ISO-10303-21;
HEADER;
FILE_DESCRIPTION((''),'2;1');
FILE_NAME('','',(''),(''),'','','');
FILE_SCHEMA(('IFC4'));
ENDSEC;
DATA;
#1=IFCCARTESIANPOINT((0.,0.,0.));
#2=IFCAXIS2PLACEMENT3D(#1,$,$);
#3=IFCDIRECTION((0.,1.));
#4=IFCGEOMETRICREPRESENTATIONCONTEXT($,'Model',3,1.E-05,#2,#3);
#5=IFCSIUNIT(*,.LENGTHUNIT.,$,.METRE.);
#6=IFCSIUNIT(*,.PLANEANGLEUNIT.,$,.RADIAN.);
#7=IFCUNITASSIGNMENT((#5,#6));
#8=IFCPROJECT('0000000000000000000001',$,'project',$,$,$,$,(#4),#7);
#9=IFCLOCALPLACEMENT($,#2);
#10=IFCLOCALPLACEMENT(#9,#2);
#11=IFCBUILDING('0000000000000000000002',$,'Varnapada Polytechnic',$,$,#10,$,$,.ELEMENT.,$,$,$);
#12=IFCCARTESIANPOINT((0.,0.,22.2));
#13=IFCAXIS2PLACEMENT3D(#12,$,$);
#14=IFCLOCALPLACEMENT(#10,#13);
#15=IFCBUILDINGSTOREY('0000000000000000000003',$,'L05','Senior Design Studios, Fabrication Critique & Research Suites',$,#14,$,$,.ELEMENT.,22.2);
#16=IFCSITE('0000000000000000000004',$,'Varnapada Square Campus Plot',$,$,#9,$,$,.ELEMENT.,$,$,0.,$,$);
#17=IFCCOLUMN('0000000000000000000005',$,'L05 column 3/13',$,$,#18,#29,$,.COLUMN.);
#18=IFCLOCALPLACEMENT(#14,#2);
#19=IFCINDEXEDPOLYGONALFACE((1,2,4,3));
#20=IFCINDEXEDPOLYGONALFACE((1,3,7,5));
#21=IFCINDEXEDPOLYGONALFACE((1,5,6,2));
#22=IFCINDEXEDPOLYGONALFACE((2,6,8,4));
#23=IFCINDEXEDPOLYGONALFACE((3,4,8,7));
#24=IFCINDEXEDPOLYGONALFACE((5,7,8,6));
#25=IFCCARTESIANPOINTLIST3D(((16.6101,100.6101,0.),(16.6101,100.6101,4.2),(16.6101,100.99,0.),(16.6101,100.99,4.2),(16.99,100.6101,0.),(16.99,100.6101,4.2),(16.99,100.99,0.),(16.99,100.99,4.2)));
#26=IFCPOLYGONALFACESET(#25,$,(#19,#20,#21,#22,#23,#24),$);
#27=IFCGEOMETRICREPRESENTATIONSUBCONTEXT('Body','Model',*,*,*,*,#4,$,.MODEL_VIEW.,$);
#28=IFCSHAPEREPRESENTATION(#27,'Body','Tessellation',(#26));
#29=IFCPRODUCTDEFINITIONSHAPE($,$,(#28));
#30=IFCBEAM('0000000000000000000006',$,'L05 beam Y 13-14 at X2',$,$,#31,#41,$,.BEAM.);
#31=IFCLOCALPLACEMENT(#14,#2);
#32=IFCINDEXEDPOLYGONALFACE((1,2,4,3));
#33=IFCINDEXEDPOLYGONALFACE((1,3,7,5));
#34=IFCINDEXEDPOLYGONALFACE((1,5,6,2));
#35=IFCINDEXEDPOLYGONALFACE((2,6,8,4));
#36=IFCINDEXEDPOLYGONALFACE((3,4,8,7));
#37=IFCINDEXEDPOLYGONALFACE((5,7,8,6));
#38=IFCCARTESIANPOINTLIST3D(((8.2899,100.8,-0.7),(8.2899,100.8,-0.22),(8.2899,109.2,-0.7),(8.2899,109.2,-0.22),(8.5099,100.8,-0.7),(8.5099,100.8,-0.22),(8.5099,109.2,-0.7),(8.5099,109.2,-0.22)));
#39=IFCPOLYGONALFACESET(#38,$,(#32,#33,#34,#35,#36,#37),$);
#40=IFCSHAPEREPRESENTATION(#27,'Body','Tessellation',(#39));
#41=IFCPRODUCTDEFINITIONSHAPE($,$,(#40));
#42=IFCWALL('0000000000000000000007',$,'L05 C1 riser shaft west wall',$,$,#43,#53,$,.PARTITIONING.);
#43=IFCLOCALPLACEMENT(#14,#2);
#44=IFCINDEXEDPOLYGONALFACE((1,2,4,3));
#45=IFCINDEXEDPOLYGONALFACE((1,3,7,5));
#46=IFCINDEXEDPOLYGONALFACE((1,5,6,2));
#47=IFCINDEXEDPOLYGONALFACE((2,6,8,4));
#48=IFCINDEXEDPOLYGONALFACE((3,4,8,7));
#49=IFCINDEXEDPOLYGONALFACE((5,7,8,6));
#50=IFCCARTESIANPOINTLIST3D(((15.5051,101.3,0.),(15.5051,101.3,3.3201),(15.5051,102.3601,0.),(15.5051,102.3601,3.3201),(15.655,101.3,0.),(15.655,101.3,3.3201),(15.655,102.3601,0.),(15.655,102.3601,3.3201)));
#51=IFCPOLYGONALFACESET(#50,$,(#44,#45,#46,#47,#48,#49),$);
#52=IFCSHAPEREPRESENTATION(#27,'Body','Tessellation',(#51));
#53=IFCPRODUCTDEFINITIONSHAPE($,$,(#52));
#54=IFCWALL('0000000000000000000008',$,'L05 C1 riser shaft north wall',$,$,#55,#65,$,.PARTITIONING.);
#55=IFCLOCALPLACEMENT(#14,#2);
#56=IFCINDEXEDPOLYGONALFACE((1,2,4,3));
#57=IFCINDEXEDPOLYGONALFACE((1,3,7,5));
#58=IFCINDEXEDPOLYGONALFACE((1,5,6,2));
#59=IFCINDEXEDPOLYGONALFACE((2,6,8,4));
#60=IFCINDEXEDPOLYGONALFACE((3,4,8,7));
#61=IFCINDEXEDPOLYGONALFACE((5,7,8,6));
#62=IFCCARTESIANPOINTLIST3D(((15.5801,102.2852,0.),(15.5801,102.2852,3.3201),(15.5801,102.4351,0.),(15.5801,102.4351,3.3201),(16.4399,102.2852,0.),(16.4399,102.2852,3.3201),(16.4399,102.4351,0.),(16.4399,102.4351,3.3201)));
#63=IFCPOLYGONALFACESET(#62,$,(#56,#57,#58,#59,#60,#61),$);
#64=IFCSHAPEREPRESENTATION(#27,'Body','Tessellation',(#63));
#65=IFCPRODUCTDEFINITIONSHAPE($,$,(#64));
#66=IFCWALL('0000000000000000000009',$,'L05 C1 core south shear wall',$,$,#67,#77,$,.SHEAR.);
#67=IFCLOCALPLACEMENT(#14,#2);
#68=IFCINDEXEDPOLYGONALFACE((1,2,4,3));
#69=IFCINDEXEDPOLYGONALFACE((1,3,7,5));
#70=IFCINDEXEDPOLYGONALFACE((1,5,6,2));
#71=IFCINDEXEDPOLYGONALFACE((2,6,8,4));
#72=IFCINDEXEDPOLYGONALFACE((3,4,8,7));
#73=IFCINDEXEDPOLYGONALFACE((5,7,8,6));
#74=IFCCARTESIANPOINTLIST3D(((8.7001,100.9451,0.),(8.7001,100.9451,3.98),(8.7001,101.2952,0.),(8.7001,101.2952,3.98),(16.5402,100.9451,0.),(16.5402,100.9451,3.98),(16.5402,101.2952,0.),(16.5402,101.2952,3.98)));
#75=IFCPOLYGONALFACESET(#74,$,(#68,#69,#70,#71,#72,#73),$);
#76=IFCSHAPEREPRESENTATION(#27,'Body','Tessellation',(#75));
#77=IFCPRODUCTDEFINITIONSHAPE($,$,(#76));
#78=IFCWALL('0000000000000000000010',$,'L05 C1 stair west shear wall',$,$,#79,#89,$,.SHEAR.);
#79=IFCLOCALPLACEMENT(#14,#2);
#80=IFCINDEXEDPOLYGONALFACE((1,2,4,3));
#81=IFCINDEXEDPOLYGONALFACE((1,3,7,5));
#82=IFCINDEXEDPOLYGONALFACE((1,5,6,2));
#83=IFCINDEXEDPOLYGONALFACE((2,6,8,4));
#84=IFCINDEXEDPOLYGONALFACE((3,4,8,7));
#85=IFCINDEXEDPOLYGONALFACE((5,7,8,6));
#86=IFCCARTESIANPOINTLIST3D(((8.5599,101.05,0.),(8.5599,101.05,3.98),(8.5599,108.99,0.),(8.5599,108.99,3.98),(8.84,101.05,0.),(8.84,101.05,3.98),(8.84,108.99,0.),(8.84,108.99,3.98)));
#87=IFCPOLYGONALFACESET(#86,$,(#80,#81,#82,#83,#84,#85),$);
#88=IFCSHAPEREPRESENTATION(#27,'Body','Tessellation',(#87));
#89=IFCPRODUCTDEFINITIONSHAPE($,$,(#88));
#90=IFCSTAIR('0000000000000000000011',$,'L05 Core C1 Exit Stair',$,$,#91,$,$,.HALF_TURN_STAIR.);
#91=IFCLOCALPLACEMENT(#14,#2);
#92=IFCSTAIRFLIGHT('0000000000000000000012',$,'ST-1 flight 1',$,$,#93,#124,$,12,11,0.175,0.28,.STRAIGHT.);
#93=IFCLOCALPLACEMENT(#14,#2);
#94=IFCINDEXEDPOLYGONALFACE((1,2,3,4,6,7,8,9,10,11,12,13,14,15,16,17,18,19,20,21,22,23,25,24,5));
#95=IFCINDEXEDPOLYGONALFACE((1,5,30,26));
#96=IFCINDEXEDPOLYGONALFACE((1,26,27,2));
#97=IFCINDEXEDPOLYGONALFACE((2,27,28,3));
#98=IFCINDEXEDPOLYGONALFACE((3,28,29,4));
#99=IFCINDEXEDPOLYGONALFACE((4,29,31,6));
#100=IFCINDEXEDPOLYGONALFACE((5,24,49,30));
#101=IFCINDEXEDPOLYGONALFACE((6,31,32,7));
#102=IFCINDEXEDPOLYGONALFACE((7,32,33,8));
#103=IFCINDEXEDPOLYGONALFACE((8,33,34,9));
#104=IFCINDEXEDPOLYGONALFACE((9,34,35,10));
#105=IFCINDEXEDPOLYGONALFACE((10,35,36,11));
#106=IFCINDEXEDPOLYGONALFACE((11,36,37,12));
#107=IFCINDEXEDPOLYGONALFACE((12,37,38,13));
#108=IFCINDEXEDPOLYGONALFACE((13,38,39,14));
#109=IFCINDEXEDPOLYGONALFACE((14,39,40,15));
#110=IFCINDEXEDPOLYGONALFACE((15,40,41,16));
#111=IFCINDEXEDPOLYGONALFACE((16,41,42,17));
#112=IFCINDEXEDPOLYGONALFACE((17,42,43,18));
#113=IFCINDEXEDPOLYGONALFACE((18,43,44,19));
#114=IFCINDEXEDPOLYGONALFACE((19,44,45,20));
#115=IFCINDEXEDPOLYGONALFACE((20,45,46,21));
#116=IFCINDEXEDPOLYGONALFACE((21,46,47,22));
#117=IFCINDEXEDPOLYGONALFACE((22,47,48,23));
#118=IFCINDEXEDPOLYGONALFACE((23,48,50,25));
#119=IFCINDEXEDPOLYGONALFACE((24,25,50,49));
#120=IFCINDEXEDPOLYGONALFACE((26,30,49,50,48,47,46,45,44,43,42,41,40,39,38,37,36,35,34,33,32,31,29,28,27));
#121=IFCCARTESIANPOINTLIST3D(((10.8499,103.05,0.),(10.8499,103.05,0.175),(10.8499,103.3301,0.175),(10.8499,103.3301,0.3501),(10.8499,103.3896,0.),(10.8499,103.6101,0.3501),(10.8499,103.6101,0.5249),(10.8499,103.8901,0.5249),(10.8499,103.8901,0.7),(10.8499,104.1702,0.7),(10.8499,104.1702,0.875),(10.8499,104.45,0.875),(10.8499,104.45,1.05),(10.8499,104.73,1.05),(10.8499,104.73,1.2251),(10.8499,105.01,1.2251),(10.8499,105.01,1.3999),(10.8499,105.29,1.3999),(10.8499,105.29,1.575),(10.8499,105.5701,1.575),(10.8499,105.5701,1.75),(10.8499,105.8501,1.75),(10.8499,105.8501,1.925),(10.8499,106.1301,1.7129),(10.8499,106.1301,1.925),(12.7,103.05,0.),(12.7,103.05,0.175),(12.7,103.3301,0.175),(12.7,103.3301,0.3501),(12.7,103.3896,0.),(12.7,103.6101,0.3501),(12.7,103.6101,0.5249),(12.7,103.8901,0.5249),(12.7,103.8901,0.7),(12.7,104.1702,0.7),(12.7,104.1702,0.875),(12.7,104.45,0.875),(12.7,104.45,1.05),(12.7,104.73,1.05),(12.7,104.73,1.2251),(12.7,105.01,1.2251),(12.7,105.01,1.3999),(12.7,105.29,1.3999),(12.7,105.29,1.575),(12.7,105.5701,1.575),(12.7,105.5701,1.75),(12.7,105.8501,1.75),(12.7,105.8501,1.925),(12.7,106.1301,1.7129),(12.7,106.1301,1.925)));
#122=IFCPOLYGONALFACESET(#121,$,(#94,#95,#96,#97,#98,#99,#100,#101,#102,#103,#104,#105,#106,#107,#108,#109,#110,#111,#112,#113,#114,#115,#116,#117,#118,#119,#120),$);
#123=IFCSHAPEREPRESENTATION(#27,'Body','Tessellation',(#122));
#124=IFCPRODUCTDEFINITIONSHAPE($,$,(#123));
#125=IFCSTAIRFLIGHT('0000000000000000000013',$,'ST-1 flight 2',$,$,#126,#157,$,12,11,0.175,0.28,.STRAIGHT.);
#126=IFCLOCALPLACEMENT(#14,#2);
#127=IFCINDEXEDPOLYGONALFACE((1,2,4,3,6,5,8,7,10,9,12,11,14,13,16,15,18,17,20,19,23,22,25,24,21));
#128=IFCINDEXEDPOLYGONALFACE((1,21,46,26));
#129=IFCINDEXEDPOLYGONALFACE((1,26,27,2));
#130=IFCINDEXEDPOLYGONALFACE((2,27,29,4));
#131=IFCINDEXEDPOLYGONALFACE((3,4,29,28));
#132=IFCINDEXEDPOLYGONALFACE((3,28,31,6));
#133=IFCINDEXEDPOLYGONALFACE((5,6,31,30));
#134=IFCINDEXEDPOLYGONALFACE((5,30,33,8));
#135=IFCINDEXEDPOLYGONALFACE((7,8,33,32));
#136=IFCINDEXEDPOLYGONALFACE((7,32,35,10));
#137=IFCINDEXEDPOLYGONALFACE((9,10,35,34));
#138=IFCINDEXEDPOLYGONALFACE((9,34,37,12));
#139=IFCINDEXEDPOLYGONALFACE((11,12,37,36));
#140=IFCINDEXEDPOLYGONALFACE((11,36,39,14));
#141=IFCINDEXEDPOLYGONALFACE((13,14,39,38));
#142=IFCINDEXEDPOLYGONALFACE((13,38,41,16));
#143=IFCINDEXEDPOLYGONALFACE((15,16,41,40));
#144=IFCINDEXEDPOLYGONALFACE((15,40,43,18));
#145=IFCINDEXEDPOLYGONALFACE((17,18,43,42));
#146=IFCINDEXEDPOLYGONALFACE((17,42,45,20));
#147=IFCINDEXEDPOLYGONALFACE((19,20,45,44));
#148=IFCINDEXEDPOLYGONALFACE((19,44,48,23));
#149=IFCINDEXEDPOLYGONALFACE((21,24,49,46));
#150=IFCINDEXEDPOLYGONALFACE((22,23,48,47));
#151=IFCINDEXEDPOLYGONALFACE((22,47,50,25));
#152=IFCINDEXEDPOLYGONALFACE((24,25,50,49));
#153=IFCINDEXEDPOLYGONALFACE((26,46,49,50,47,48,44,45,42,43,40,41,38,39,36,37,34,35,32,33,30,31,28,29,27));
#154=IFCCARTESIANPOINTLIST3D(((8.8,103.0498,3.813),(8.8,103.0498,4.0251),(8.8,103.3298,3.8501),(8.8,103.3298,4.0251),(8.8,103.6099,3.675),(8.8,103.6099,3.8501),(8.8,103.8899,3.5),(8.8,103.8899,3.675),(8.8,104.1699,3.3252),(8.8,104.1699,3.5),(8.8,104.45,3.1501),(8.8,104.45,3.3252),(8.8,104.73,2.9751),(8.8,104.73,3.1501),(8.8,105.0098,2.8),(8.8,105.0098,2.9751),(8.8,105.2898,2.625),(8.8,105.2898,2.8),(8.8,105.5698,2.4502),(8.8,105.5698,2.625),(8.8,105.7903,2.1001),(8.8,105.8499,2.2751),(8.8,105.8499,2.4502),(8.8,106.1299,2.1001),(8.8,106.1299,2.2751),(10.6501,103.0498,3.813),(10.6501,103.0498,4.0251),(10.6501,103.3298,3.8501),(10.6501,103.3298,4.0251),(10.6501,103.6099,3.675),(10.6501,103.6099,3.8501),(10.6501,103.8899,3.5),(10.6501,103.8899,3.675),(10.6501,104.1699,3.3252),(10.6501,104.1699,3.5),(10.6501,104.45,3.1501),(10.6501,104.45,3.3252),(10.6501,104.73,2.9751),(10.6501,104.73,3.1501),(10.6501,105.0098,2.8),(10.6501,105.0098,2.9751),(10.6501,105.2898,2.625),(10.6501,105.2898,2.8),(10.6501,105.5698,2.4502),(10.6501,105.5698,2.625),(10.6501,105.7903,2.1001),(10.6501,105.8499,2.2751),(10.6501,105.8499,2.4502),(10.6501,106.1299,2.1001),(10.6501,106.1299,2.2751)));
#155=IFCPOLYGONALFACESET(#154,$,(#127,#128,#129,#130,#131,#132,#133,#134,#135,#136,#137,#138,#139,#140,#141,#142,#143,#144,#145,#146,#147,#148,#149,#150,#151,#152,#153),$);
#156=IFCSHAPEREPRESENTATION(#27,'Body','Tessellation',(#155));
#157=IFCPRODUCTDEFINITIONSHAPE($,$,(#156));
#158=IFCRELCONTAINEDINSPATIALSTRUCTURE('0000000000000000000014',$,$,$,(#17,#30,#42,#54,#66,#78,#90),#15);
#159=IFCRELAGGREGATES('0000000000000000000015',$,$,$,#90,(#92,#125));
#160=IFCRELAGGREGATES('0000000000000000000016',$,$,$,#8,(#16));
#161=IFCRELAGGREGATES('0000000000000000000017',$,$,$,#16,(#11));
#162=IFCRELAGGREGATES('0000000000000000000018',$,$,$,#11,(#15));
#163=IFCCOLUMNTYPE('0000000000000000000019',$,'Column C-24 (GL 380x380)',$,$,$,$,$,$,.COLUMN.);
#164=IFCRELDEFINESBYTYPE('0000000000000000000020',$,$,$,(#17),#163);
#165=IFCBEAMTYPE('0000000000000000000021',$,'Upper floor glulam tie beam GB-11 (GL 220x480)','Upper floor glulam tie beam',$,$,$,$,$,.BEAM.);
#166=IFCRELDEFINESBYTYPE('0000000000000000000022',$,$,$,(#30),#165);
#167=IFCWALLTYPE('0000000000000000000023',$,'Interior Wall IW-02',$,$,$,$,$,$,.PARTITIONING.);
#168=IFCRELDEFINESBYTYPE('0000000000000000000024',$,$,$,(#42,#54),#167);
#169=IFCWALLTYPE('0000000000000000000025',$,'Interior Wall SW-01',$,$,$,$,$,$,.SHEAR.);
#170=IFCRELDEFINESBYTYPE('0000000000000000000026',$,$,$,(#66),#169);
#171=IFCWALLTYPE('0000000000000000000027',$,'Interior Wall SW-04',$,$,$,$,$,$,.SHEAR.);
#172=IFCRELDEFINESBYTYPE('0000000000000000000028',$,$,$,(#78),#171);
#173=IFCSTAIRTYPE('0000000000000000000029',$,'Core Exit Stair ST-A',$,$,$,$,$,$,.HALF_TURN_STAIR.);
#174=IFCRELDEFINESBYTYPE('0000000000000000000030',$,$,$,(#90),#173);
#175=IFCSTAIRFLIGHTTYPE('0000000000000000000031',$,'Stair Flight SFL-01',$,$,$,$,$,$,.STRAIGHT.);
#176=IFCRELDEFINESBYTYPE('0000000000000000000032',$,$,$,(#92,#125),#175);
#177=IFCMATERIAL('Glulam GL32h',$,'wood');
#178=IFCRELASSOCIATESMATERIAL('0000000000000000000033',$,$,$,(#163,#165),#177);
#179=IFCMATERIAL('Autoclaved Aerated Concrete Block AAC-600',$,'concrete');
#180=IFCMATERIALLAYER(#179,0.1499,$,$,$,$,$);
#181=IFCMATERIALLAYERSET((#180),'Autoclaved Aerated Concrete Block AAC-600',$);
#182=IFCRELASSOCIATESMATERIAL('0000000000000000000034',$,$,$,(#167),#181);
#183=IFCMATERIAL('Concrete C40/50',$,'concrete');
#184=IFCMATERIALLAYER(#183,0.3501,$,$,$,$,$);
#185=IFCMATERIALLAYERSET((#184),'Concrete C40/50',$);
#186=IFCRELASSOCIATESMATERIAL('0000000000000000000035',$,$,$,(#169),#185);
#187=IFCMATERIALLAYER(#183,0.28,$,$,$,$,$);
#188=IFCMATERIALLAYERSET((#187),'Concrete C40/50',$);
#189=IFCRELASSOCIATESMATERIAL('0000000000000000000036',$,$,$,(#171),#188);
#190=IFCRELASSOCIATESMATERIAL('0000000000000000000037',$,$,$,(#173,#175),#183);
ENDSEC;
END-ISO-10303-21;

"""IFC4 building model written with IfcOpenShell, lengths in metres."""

from ifc_helpers import new_model, si_unit, direction, frame, frame_2d, origin, origin_2d, place, context, subcontext, project, spatial, polyline, rectangle, outline, extrude, material, layer, layer_set, material_profile, profile_set, type_object, element, aggregate, save


model = new_model("IFC4")

# Units and contexts
model_context = context("Model", 3, precision=1e-05, world=origin(), true_north=direction((0.0, 1.0)))
body_context = subcontext(model_context, "Body", "Model", "MODEL_VIEW")
ifc_project = project(units=[si_unit("LENGTHUNIT", "METRE"), si_unit("PLANEANGLEUNIT", "RADIAN")], contexts=[model_context])

# Site, building, storey
site_placement = place(None, origin())
site = spatial("IfcSite", under=ifc_project, at=site_placement, Name="Varnapada Square Campus Plot", CompositionType="ELEMENT", RefElevation=0.0)
building_placement = place(site_placement, origin())
building = spatial("IfcBuilding", under=site, at=building_placement, Name="Varnapada Polytechnic", CompositionType="ELEMENT")
storey_placement = place(building_placement, frame((0.0, 0.0, 22.2)))
storey = spatial("IfcBuildingStorey", under=building, at=storey_placement, Name="L05", Description="Senior Design Studios, Fabrication Critique & Research Suites", CompositionType="ELEMENT", Elevation=22.2)

# Column
ifc_material_1 = material(Name="Glulam GL32h", Category="wood")
ifc_material_profile_1 = material_profile(ifc_material_1, rectangle(XDim=0.3799, YDim=0.3799, at=origin_2d()), Name="GL 380x380")
ifc_profile_set_1 = profile_set([ifc_material_profile_1], Name="Glulam GL32h")
column_type = type_object("IfcColumnType", Name="Column C-24 (GL 380x380)", PredefinedType="COLUMN", material=ifc_profile_set_1)
column_placement = place(storey_placement, frame((16.8, 100.8, 0.0), z_axis=(0.0, 0.0, 1.0), x_axis=(1.0, 0.0, 0.0)))
element("IfcColumn", 1, at=column_placement, inside=storey, type_object=column_type, Name="L05 column 3/13", PredefinedType="COLUMN", context=body_context, shape_type="SweptSolid", body=[
    extrude(rectangle(XDim=0.3799, YDim=0.3799, at=origin_2d()), origin(), (0.0, 0.0, 1.0), 4.2),
])

# Beam
ifc_material_profile_2 = material_profile(ifc_material_1, rectangle(XDim=0.22, YDim=0.48, at=origin_2d()), Name="GL 220x480")
ifc_profile_set_2 = profile_set([ifc_material_profile_2], Name="Glulam GL32h")
beam_type = type_object("IfcBeamType", Name="Upper floor glulam tie beam GB-11 (GL 220x480)", Description="Upper floor glulam tie beam", PredefinedType="BEAM", material=ifc_profile_set_2)
beam_placement = place(storey_placement, frame((8.3999, 100.8, -0.46), z_axis=(0.0, 1.0, 0.0), x_axis=(-1.0, 0.0, 0.0)))
element("IfcBeam", 2, at=beam_placement, inside=storey, type_object=beam_type, Name="L05 beam Y 13-14 at X2", PredefinedType="BEAM", context=body_context, shape_type="SweptSolid", body=[
    extrude(rectangle(XDim=0.22, YDim=0.48, at=origin_2d()), origin(), (0.0, 0.0, 1.0), 8.3999),
])

# Walls
ifc_material_2 = material(Name="Autoclaved Aerated Concrete Block AAC-600", Category="concrete")
ifc_layer_1 = layer(ifc_material_2, 0.1499)
ifc_layer_set_1 = layer_set([ifc_layer_1], Name="Autoclaved Aerated Concrete Block AAC-600")
wall_type_1 = type_object("IfcWallType", Name="Interior Wall IW-02", PredefinedType="PARTITIONING", material=ifc_layer_set_1)
wall_1_placement = place(storey_placement, frame((15.5801, 102.3601, 0.0), z_axis=(0.0, 0.0, 1.0), x_axis=(0.0, -1.0, 0.0)))
element("IfcWall", 3, at=wall_1_placement, inside=storey, type_object=wall_type_1, Name="L05 C1 riser shaft west wall", PredefinedType="PARTITIONING", context=body_context, shape_type="SweptSolid", body=[
    extrude(rectangle(XDim=1.0601, YDim=0.1499, at=frame_2d((0.53, 0.0))), origin(), (0.0, 0.0, 1.0), 3.3201),
])
wall_2_placement = place(storey_placement, frame((15.5801, 102.3601, 0.0), z_axis=(0.0, 0.0, 1.0), x_axis=(1.0, 0.0, 0.0)))
element("IfcWall", 4, at=wall_2_placement, inside=storey, type_object=wall_type_1, Name="L05 C1 riser shaft north wall", PredefinedType="PARTITIONING", context=body_context, shape_type="SweptSolid", body=[
    extrude(rectangle(XDim=0.8599, YDim=0.1499, at=frame_2d((0.4299, 0.0))), origin(), (0.0, 0.0, 1.0), 3.3201),
])
ifc_material_3 = material(Name="Concrete C40/50", Category="concrete")
ifc_layer_2 = layer(ifc_material_3, 0.3501)
ifc_layer_set_2 = layer_set([ifc_layer_2], Name="Concrete C40/50")
wall_type_2 = type_object("IfcWallType", Name="Interior Wall SW-01", PredefinedType="SHEAR", material=ifc_layer_set_2)
wall_3_placement = place(storey_placement, frame((16.54, 101.1201, 0.0), z_axis=(0.0, 0.0, 1.0), x_axis=(-1.0, 0.0, 0.0)))
element("IfcWall", 5, at=wall_3_placement, inside=storey, type_object=wall_type_2, Name="L05 C1 core south shear wall", PredefinedType="SHEAR", context=body_context, shape_type="SweptSolid", body=[
    extrude(rectangle(XDim=7.8401, YDim=0.3501, at=frame_2d((3.9199, 0.0))), origin(), (0.0, 0.0, 1.0), 3.98),
])

# Wall
ifc_layer_3 = layer(ifc_material_3, 0.28)
ifc_layer_set_3 = layer_set([ifc_layer_3], Name="Concrete C40/50")
wall_type_3 = type_object("IfcWallType", Name="Interior Wall SW-04", PredefinedType="SHEAR", material=ifc_layer_set_3)
wall_4_placement = place(storey_placement, frame((8.7, 101.05, 0.0), z_axis=(0.0, 0.0, 1.0), x_axis=(0.0, 1.0, 0.0)))
element("IfcWall", 6, at=wall_4_placement, inside=storey, type_object=wall_type_3, Name="L05 C1 stair west shear wall", PredefinedType="SHEAR", context=body_context, shape_type="SweptSolid", body=[
    extrude(rectangle(XDim=7.9399, YDim=0.28, at=frame_2d((3.97, 0.0))), origin(), (0.0, 0.0, 1.0), 3.98),
])

# Stair, stair flights
stair_type = type_object("IfcStairType", Name="Core Exit Stair ST-A", PredefinedType="HALF_TURN_STAIR", material=ifc_material_3)
stair_placement = place(storey_placement, origin())
stair = element("IfcStair", 7, at=stair_placement, inside=storey, type_object=stair_type, Name="L05 Core C1 Exit Stair", PredefinedType="HALF_TURN_STAIR")
stair_flight_type = type_object("IfcStairFlightType", Name="Stair Flight SFL-01", PredefinedType="STRAIGHT", material=ifc_material_3)
stair_flight_1_placement = place(storey_placement, frame((11.7749, 103.05, 0.0), z_axis=(0.0, 0.0, 1.0), x_axis=(0.0, 1.0, 0.0)))
stair_flight_1 = element("IfcStairFlight", 8, at=stair_flight_1_placement, type_object=stair_flight_type, Name="ST-1 flight 1", NumberOfRisers=12, NumberOfTreads=11, PredefinedType="STRAIGHT", RiserHeight=0.175, TreadLength=0.28, context=body_context, shape_type="SweptSolid", body=[
    extrude(outline(polyline([(0.0, 0.0), (0.0, 0.175), (0.28, 0.175), (0.28, 0.3501), (0.5601, 0.3501), (0.5601, 0.5249), (0.8401, 0.5249), (0.8401, 0.7), (1.1201, 0.7), (1.1201, 0.875), (1.3999, 0.875), (1.3999, 1.05), (1.6799, 1.05), (1.6799, 1.2251), (1.96, 1.2251), (1.96, 1.3999), (2.24, 1.3999), (2.24, 1.575), (2.52, 1.575), (2.52, 1.75), (2.8, 1.75), (2.8, 1.925), (3.0801, 1.925), (3.0801, 2.1001), (3.0801, 1.7129), (0.3396, 0.0), (0.0, 0.0)])), frame((0.0, 0.925, 0.0), z_axis=(0.0, -1.0, 0.0), x_axis=(1.0, 0.0, 0.0)), (0.0, 0.0, 1.0), 1.8501),
])
stair_flight_2_placement = place(storey_placement, frame((9.7251, 106.1299, 2.1001), z_axis=(0.0, 0.0, 1.0), x_axis=(0.0, -1.0, 0.0)))
stair_flight_2 = element("IfcStairFlight", 9, at=stair_flight_2_placement, type_object=stair_flight_type, Name="ST-1 flight 2", NumberOfRisers=12, NumberOfTreads=11, PredefinedType="STRAIGHT", RiserHeight=0.175, TreadLength=0.28, context=body_context, shape_type="SweptSolid", body=[
    extrude(outline(polyline([(0.0, 0.0), (0.0, 0.175), (0.28, 0.175), (0.28, 0.3501), (0.5601, 0.3501), (0.5601, 0.5249), (0.8401, 0.5249), (0.8401, 0.7), (1.1201, 0.7), (1.1201, 0.875), (1.3999, 0.875), (1.3999, 1.05), (1.6799, 1.05), (1.6799, 1.2251), (1.96, 1.2251), (1.96, 1.3999), (2.24, 1.3999), (2.24, 1.575), (2.52, 1.575), (2.52, 1.75), (2.8, 1.75), (2.8, 1.925), (3.0801, 1.925), (3.0801, 2.1001), (3.0801, 1.7129), (0.3396, 0.0), (0.0, 0.0)])), frame((0.0, 0.925, 0.0), z_axis=(0.0, -1.0, 0.0), x_axis=(1.0, 0.0, 0.0)), (0.0, 0.0, 1.0), 1.8501),
])
aggregate(stair, [stair_flight_1, stair_flight_2])

save(model, "model.ifc")
